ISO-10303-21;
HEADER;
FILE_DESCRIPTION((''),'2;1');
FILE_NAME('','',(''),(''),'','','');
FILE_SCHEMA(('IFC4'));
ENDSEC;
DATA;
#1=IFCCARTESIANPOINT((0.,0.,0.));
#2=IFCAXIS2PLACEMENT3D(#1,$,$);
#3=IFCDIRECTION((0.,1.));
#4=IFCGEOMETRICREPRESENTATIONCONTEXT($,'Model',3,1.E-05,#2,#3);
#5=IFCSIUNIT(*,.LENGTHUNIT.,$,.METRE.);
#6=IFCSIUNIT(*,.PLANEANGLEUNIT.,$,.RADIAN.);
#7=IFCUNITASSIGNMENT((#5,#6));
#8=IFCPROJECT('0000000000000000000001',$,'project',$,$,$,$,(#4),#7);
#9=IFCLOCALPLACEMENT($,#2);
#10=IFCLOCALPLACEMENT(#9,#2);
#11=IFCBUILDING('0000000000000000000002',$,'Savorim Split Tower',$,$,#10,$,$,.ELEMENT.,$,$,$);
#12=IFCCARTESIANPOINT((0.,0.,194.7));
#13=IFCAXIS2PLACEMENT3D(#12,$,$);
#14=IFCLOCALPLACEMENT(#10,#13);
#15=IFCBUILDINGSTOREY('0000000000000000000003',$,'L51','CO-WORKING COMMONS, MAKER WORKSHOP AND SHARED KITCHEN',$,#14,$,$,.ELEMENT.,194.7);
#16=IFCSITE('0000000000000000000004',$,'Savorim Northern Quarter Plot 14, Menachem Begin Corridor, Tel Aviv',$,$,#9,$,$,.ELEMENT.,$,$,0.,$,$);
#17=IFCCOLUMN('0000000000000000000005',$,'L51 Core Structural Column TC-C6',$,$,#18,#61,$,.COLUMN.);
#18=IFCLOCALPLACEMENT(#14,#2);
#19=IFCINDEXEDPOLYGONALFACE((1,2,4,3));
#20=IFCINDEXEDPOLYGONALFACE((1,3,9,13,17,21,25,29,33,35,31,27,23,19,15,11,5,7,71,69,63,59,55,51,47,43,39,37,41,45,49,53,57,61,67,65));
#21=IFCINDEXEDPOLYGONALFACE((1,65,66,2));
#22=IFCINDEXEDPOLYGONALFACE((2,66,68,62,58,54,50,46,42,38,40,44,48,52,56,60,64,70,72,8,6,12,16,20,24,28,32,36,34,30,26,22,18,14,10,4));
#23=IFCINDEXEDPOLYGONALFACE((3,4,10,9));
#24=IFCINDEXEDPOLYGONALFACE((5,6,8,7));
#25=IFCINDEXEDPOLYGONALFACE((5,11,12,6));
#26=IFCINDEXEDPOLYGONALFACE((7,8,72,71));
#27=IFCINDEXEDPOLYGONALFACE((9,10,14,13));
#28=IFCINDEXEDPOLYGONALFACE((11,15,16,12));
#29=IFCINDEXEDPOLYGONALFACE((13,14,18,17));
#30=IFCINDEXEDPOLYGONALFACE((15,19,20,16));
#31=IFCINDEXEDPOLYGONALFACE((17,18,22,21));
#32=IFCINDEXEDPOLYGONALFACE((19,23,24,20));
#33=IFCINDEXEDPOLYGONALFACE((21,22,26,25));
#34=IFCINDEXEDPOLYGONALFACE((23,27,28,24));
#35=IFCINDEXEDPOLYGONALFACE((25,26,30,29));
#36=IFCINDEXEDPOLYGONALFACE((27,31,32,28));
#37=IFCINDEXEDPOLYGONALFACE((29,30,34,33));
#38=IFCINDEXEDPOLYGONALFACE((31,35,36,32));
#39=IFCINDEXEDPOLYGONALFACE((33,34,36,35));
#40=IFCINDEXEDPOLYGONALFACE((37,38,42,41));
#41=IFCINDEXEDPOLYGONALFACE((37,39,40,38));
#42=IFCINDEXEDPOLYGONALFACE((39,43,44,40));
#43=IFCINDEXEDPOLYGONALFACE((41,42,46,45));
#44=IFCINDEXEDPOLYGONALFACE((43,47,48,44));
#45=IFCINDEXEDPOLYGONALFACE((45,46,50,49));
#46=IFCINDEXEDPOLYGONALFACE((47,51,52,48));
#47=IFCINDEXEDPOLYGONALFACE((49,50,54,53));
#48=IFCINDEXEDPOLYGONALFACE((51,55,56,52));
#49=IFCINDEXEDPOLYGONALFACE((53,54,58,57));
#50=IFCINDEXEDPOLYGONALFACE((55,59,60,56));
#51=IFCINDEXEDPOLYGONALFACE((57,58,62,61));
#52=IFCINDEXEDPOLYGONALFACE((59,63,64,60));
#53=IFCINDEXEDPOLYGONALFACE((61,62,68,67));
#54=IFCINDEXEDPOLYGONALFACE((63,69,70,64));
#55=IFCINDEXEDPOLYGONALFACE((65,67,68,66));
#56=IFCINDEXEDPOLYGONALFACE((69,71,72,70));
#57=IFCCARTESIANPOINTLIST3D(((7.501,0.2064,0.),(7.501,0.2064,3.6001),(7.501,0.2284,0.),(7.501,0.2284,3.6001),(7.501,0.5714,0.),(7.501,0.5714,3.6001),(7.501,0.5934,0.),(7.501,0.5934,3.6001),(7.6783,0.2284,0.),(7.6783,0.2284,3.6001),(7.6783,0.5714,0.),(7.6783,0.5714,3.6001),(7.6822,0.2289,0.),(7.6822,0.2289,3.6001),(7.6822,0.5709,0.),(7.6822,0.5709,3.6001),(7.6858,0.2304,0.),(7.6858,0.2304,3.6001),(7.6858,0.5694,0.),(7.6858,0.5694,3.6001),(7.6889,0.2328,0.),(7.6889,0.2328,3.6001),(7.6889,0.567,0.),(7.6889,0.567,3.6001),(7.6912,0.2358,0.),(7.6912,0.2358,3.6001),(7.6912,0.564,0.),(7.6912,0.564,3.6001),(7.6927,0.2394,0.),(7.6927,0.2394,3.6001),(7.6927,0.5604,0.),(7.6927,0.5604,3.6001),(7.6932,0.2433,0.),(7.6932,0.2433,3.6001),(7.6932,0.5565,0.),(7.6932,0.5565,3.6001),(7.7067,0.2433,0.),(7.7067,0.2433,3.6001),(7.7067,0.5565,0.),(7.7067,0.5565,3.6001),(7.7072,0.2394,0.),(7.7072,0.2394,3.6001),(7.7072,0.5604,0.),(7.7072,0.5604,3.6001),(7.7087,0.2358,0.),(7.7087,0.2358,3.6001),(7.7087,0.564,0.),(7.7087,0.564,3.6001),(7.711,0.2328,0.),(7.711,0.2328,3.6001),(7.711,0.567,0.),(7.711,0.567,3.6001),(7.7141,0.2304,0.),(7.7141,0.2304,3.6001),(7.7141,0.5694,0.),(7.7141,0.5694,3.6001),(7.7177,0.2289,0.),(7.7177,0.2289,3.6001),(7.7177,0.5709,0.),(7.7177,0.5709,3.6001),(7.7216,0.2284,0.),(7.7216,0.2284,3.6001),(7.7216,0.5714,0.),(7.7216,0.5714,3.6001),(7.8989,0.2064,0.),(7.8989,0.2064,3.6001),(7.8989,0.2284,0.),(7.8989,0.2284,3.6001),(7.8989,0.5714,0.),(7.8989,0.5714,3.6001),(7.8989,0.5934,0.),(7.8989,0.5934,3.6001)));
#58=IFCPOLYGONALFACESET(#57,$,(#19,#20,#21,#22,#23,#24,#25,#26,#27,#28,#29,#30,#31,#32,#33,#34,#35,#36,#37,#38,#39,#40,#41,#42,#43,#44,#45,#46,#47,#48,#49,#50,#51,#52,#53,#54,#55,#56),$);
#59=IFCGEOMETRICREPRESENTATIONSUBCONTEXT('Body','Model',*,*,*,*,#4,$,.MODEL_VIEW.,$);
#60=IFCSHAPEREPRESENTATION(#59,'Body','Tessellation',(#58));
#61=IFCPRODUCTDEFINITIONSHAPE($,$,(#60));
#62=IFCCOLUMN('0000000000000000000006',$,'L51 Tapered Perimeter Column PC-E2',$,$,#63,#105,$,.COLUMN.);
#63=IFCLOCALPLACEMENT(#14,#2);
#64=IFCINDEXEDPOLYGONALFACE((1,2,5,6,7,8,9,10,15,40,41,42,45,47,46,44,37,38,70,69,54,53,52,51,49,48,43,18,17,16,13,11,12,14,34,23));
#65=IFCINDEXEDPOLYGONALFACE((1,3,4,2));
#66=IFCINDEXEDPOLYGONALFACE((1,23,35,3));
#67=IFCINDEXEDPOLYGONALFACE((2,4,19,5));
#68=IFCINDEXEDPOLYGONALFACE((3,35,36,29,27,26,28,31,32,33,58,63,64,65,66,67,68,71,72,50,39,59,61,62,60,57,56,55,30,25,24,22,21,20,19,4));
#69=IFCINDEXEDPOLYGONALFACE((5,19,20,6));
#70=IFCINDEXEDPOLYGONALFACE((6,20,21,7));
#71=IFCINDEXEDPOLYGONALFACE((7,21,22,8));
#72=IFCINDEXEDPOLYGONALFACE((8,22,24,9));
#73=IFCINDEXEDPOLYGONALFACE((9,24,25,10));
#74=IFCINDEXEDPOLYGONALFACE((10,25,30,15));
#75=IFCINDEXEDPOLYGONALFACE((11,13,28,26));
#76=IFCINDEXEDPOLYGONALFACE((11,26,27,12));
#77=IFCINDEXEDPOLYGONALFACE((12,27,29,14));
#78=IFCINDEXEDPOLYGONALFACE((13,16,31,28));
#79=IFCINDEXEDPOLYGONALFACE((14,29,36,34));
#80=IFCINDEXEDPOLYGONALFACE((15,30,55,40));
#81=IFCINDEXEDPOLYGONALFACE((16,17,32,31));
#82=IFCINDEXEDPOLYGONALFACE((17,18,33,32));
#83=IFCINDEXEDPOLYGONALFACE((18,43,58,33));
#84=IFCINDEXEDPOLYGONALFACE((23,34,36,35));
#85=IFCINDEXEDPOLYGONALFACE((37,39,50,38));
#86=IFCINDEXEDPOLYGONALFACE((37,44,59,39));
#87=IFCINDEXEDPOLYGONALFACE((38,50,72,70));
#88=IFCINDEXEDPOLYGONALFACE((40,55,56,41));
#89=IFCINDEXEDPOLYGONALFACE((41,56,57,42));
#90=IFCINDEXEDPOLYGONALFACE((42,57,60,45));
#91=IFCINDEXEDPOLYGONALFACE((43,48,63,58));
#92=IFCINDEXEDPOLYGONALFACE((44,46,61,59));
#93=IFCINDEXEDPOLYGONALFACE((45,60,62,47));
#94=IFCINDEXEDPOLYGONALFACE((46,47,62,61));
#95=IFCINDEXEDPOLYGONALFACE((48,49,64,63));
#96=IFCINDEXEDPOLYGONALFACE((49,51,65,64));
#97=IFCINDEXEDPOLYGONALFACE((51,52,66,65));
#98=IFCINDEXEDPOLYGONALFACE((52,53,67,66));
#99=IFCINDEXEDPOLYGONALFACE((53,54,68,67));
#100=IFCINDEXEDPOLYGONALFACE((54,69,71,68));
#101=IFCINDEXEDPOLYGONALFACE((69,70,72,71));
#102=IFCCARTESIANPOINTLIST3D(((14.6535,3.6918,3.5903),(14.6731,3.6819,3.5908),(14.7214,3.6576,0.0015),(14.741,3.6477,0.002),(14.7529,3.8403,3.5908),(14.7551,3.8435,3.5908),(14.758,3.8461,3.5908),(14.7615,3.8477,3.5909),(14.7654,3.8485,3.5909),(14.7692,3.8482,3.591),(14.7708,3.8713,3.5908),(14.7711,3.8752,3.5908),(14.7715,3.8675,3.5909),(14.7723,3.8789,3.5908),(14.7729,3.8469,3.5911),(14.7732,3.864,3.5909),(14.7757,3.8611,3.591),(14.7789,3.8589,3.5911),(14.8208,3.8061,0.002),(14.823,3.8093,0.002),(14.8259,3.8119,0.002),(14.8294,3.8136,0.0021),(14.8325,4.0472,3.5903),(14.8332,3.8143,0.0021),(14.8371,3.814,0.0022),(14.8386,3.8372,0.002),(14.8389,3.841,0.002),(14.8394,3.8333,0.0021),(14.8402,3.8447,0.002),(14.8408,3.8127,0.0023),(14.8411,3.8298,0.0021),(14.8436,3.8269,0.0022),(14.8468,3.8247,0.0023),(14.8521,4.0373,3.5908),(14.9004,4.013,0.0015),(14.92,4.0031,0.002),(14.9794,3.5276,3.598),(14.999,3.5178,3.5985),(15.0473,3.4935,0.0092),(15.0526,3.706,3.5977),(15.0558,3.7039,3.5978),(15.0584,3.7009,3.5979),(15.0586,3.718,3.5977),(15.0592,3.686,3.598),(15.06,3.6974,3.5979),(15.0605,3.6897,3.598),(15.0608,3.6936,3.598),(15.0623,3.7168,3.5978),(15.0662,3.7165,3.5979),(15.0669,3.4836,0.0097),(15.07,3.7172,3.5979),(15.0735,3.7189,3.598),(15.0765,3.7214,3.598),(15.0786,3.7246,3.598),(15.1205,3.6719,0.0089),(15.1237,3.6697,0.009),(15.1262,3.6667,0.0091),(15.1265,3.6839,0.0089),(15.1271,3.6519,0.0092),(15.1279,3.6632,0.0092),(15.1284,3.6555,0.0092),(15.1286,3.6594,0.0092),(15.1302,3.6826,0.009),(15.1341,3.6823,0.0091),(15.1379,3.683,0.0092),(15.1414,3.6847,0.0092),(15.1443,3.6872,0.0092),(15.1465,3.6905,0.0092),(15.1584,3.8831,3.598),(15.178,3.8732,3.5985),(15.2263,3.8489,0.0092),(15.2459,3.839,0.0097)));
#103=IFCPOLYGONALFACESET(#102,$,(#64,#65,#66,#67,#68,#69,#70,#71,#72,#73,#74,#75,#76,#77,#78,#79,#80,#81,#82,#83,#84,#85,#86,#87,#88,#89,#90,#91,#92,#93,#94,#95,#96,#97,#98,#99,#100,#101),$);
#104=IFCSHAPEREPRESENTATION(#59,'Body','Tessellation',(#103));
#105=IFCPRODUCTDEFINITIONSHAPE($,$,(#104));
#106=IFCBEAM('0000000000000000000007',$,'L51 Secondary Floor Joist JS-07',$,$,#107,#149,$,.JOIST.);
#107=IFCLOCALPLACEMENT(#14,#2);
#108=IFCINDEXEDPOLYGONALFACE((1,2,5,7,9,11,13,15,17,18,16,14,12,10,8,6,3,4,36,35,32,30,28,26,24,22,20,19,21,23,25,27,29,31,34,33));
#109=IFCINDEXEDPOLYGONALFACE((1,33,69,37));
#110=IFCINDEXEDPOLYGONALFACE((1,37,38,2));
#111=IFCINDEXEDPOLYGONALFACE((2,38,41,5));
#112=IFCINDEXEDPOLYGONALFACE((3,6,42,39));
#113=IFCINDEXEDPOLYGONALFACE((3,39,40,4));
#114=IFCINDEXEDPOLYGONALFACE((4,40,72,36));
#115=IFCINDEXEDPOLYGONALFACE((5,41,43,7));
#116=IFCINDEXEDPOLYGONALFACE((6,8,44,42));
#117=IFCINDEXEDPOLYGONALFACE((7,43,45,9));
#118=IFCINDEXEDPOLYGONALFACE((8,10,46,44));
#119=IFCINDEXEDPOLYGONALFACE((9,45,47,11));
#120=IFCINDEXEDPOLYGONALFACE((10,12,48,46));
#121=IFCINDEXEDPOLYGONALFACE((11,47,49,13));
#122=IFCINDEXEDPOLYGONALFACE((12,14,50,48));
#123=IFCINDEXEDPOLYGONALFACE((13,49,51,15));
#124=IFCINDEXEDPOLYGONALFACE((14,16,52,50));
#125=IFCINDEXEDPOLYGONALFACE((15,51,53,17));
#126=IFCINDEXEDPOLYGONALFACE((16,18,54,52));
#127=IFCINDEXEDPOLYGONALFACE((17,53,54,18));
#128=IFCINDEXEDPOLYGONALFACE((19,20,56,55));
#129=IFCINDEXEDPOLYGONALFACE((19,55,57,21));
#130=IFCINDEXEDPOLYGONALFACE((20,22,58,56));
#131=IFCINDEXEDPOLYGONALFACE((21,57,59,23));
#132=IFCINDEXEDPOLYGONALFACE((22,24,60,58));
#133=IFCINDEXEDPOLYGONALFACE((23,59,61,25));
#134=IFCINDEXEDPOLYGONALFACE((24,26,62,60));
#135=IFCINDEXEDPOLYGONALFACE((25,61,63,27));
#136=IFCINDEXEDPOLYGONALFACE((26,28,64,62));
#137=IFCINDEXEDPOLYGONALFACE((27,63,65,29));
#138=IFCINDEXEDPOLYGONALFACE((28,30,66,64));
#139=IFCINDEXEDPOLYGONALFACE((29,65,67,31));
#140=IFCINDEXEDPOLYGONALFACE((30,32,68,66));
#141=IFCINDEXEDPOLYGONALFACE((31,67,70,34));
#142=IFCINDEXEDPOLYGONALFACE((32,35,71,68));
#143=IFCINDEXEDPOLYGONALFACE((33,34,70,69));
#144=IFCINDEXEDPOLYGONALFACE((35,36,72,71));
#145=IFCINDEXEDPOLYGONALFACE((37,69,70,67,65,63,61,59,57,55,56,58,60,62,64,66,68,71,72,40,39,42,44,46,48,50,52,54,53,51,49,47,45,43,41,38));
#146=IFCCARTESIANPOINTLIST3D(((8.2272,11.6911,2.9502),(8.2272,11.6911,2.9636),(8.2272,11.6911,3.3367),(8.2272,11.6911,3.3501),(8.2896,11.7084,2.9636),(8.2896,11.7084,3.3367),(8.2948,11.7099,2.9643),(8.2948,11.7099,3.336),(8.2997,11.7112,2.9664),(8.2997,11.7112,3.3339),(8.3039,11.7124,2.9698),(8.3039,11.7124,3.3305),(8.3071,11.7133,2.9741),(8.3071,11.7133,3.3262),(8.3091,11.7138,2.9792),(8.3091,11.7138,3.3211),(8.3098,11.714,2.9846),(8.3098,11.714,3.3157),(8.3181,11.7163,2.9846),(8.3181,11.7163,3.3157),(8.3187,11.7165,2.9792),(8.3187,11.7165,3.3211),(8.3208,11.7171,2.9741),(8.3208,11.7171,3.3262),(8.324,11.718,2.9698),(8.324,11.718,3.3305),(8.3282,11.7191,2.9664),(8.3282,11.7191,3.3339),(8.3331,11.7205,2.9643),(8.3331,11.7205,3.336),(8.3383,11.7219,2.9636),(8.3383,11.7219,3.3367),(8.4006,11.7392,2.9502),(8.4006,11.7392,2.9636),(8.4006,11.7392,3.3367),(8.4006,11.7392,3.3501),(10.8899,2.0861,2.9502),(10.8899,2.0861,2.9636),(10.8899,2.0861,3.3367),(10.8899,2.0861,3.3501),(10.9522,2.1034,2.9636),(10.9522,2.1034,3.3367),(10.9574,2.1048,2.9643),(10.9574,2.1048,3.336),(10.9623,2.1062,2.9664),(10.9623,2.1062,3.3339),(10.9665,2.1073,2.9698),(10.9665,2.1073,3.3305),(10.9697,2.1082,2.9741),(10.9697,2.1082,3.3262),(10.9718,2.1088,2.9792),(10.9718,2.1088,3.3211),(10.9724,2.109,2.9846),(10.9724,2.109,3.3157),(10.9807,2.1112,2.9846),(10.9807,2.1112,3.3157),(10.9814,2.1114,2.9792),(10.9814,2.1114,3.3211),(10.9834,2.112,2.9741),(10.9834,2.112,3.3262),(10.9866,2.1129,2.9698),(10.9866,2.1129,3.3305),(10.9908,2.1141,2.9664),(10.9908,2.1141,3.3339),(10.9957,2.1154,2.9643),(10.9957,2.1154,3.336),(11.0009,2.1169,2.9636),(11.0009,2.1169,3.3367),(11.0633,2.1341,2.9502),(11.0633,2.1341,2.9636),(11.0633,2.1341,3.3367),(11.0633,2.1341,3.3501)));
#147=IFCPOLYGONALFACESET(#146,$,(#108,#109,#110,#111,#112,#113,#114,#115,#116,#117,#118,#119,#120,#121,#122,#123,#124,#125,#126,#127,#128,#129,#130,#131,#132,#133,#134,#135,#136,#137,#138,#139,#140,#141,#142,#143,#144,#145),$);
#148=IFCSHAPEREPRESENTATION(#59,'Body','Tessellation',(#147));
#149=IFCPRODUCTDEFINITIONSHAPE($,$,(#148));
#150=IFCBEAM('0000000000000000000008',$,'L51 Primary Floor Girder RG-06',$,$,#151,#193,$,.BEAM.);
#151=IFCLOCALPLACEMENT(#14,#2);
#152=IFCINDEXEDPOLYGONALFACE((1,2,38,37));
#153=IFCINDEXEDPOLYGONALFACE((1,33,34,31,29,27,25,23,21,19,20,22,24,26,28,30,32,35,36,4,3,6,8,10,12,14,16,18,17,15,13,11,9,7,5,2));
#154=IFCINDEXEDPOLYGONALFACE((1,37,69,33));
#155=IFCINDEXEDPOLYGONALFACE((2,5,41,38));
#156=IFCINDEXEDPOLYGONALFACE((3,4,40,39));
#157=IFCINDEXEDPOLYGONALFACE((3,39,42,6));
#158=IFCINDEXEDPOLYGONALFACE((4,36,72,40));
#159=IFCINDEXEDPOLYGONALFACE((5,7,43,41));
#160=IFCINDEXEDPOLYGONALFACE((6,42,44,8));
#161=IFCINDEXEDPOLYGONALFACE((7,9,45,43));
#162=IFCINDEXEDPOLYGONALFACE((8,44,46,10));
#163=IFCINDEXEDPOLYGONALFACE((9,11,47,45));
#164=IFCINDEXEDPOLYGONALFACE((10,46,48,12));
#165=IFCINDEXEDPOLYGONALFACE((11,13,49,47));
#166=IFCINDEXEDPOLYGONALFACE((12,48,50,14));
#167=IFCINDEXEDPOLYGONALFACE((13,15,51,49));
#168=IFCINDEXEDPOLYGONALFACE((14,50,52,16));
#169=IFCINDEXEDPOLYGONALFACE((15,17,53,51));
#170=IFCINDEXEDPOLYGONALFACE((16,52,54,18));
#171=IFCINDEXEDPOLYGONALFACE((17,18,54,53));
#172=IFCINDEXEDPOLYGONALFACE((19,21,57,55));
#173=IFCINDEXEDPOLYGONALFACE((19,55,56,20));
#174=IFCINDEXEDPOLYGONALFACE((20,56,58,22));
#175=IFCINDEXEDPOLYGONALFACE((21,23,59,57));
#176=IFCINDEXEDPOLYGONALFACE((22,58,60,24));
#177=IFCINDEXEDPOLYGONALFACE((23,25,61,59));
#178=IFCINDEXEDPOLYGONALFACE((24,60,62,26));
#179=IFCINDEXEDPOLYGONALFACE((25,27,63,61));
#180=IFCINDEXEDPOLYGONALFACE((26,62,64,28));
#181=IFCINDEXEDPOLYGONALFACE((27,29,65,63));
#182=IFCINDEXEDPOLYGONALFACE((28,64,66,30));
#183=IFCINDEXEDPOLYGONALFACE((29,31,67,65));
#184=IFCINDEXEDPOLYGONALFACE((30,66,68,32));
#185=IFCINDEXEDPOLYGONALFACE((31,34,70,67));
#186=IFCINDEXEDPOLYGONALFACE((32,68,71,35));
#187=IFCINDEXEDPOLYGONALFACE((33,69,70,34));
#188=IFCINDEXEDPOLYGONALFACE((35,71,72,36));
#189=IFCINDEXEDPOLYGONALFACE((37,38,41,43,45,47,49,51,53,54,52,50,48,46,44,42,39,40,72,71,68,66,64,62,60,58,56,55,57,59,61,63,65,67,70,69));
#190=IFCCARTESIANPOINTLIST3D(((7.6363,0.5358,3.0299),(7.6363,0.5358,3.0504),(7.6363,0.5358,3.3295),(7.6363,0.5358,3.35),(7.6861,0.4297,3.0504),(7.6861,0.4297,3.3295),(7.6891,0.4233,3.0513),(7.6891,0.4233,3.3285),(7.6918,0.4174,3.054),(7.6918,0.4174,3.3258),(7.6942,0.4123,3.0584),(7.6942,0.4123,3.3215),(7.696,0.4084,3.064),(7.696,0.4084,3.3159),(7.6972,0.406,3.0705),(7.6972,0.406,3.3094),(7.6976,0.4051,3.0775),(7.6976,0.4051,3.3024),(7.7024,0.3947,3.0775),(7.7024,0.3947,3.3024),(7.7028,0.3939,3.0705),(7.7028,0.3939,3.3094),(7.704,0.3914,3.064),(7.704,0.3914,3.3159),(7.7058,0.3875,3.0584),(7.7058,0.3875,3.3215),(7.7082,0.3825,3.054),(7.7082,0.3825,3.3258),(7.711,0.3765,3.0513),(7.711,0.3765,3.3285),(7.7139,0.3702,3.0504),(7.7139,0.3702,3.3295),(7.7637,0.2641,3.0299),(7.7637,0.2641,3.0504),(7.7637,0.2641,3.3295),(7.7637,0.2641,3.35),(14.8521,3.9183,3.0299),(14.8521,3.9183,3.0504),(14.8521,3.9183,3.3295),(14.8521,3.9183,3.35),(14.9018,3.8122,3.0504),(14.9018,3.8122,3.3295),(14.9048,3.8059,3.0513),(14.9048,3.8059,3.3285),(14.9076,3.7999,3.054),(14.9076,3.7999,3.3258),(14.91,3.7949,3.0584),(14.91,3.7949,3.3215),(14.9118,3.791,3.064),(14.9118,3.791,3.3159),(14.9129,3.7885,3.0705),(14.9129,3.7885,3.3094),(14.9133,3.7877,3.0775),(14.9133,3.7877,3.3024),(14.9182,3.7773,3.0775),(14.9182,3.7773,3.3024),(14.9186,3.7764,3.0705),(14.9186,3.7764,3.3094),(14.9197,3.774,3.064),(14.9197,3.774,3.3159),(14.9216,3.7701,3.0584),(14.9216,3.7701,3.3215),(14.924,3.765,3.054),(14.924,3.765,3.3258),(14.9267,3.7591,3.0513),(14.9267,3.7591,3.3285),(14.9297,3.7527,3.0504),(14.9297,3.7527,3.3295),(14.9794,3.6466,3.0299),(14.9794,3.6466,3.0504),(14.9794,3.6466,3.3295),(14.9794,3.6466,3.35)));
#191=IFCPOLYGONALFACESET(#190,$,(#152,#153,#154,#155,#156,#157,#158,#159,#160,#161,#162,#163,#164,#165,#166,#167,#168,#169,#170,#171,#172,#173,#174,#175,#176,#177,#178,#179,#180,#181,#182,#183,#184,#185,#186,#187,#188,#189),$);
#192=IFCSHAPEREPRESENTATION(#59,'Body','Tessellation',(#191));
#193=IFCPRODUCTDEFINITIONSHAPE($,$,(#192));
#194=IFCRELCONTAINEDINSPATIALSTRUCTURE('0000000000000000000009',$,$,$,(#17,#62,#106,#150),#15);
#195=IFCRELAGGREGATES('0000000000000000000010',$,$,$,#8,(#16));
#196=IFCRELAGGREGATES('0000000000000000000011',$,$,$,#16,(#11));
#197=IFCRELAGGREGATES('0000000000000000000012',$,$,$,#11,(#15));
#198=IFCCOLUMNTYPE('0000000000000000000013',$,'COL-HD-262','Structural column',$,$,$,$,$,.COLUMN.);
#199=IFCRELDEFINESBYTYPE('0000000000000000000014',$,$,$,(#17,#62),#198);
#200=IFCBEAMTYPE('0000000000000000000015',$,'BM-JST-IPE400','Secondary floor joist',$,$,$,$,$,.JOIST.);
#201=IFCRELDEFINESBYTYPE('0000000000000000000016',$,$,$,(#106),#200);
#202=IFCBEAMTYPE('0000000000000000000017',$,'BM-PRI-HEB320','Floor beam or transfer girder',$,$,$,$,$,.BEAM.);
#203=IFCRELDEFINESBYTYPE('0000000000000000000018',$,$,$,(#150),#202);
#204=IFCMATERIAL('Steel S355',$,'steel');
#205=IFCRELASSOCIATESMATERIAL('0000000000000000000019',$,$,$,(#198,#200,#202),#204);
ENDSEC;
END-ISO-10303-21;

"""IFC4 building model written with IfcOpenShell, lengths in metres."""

from ifc_helpers import new_model, si_unit, direction, frame, origin, origin_2d, place, context, subcontext, project, spatial, i_section, extrude, material, material_profile, profile_set, type_object, element, save


model = new_model("IFC4")

# Units and contexts
model_context = context("Model", 3, precision=1e-05, world=origin(), true_north=direction((0.0, 1.0)))
body_context = subcontext(model_context, "Body", "Model", "MODEL_VIEW")
ifc_project = project(units=[si_unit("LENGTHUNIT", "METRE"), si_unit("PLANEANGLEUNIT", "RADIAN")], contexts=[model_context])

# Site, building, storey
site_placement = place(None, origin())
site = spatial("IfcSite", under=ifc_project, at=site_placement, Name="Savorim Northern Quarter Plot 14, Menachem Begin Corridor, Tel Aviv", CompositionType="ELEMENT", RefElevation=0.0)
building_placement = place(site_placement, origin())
building = spatial("IfcBuilding", under=site, at=building_placement, Name="Savorim Split Tower", CompositionType="ELEMENT")
storey_placement = place(building_placement, frame((0.0, 0.0, 194.7)))
storey = spatial("IfcBuildingStorey", under=building, at=storey_placement, Name="L51", Description="CO-WORKING COMMONS, MAKER WORKSHOP AND SHARED KITCHEN", CompositionType="ELEMENT", Elevation=194.7)

# Columns
ifc_material_1 = material(Name="Steel S355", Category="steel")
ifc_material_profile_1 = material_profile(ifc_material_1, i_section(OverallWidth=0.3979, OverallDepth=0.387, WebThickness=0.0134, FlangeThickness=0.022, FilletRadius=0.0149, at=origin_2d()), Name="HD 400x262")
ifc_profile_set_1 = profile_set([ifc_material_profile_1], Name="Steel S355")
column_type = type_object("IfcColumnType", Name="COL-HD-262", Description="Structural column", PredefinedType="COLUMN", material=ifc_profile_set_1)
column_1_placement = place(storey_placement, frame((7.7, 0.3999, 0.0), z_axis=(0.0, 0.0, 1.0), x_axis=(1.0, 0.0, 0.0)))
element("IfcColumn", 1, at=column_1_placement, inside=storey, type_object=column_type, Name="L51 Core Structural Column TC-C6", PredefinedType="COLUMN", context=body_context, shape_type="SweptSolid", body=[
    extrude(i_section(OverallWidth=0.3979, OverallDepth=0.387, WebThickness=0.0134, FlangeThickness=0.022, FilletRadius=0.0149, at=origin_2d()), origin(), (0.0, 0.0, 1.0), 3.6001),
])
column_2_placement = place(storey_placement, frame((14.9836, 3.7483, 0.0056), z_axis=(-0.018907, 0.009522, 0.999776), x_axis=(-0.449782, -0.893138, 0.0)))
element("IfcColumn", 2, at=column_2_placement, inside=storey, type_object=column_type, Name="L51 Tapered Perimeter Column PC-E2", PredefinedType="COLUMN", context=body_context, shape_type="SweptSolid", body=[
    extrude(i_section(OverallWidth=0.3979, OverallDepth=0.387, WebThickness=0.0134, FlangeThickness=0.022, FilletRadius=0.0149, at=origin_2d()), origin(), (0.0, 0.0, 1.0), 3.5896),
])

# Beams
ifc_material_profile_2 = material_profile(ifc_material_1, i_section(OverallWidth=0.1799, OverallDepth=0.3999, WebThickness=0.0085, FlangeThickness=0.0134, FilletRadius=0.021, at=origin_2d()), Name="IPE 400")
ifc_profile_set_2 = profile_set([ifc_material_profile_2], Name="Steel S355")
beam_type_1 = type_object("IfcBeamType", Name="BM-JST-IPE400", Description="Secondary floor joist", PredefinedType="JOIST", material=ifc_profile_set_2)
beam_1_placement = place(storey_placement, frame((10.9766, 2.1101, 3.1501), z_axis=(-0.267136, 0.963659, 0.0), x_axis=(-0.963659, -0.267136, 0.0)))
element("IfcBeam", 3, at=beam_1_placement, inside=storey, type_object=beam_type_1, Name="L51 Secondary Floor Joist JS-07", PredefinedType="JOIST", context=body_context, shape_type="SweptSolid", body=[
    extrude(i_section(OverallWidth=0.1799, OverallDepth=0.3999, WebThickness=0.0085, FlangeThickness=0.0134, FilletRadius=0.021, at=origin_2d()), origin(), (0.0, 0.0, 1.0), 9.9673),
])
ifc_material_profile_3 = material_profile(ifc_material_1, i_section(OverallWidth=0.3, OverallDepth=0.3201, WebThickness=0.0115, FlangeThickness=0.0205, FilletRadius=0.0271, at=origin_2d()), Name="HEB 320")
ifc_profile_set_3 = profile_set([ifc_material_profile_3], Name="Steel S355")
beam_type_2 = type_object("IfcBeamType", Name="BM-PRI-HEB320", Description="Floor beam or transfer girder", PredefinedType="BEAM", material=ifc_profile_set_3)
beam_2_placement = place(storey_placement, frame((14.9158, 3.7825, 3.1899), z_axis=(-0.905452, -0.42445, 0.0), x_axis=(0.42445, -0.905452, 0.0)))
element("IfcBeam", 4, at=beam_2_placement, inside=storey, type_object=beam_type_2, Name="L51 Primary Floor Girder RG-06", PredefinedType="BEAM", context=body_context, shape_type="SweptSolid", body=[
    extrude(i_section(OverallWidth=0.3, OverallDepth=0.3201, WebThickness=0.0115, FlangeThickness=0.0205, FilletRadius=0.0271, at=origin_2d()), origin(), (0.0, 0.0, 1.0), 7.9692),
])

save(model, "model.ifc")
